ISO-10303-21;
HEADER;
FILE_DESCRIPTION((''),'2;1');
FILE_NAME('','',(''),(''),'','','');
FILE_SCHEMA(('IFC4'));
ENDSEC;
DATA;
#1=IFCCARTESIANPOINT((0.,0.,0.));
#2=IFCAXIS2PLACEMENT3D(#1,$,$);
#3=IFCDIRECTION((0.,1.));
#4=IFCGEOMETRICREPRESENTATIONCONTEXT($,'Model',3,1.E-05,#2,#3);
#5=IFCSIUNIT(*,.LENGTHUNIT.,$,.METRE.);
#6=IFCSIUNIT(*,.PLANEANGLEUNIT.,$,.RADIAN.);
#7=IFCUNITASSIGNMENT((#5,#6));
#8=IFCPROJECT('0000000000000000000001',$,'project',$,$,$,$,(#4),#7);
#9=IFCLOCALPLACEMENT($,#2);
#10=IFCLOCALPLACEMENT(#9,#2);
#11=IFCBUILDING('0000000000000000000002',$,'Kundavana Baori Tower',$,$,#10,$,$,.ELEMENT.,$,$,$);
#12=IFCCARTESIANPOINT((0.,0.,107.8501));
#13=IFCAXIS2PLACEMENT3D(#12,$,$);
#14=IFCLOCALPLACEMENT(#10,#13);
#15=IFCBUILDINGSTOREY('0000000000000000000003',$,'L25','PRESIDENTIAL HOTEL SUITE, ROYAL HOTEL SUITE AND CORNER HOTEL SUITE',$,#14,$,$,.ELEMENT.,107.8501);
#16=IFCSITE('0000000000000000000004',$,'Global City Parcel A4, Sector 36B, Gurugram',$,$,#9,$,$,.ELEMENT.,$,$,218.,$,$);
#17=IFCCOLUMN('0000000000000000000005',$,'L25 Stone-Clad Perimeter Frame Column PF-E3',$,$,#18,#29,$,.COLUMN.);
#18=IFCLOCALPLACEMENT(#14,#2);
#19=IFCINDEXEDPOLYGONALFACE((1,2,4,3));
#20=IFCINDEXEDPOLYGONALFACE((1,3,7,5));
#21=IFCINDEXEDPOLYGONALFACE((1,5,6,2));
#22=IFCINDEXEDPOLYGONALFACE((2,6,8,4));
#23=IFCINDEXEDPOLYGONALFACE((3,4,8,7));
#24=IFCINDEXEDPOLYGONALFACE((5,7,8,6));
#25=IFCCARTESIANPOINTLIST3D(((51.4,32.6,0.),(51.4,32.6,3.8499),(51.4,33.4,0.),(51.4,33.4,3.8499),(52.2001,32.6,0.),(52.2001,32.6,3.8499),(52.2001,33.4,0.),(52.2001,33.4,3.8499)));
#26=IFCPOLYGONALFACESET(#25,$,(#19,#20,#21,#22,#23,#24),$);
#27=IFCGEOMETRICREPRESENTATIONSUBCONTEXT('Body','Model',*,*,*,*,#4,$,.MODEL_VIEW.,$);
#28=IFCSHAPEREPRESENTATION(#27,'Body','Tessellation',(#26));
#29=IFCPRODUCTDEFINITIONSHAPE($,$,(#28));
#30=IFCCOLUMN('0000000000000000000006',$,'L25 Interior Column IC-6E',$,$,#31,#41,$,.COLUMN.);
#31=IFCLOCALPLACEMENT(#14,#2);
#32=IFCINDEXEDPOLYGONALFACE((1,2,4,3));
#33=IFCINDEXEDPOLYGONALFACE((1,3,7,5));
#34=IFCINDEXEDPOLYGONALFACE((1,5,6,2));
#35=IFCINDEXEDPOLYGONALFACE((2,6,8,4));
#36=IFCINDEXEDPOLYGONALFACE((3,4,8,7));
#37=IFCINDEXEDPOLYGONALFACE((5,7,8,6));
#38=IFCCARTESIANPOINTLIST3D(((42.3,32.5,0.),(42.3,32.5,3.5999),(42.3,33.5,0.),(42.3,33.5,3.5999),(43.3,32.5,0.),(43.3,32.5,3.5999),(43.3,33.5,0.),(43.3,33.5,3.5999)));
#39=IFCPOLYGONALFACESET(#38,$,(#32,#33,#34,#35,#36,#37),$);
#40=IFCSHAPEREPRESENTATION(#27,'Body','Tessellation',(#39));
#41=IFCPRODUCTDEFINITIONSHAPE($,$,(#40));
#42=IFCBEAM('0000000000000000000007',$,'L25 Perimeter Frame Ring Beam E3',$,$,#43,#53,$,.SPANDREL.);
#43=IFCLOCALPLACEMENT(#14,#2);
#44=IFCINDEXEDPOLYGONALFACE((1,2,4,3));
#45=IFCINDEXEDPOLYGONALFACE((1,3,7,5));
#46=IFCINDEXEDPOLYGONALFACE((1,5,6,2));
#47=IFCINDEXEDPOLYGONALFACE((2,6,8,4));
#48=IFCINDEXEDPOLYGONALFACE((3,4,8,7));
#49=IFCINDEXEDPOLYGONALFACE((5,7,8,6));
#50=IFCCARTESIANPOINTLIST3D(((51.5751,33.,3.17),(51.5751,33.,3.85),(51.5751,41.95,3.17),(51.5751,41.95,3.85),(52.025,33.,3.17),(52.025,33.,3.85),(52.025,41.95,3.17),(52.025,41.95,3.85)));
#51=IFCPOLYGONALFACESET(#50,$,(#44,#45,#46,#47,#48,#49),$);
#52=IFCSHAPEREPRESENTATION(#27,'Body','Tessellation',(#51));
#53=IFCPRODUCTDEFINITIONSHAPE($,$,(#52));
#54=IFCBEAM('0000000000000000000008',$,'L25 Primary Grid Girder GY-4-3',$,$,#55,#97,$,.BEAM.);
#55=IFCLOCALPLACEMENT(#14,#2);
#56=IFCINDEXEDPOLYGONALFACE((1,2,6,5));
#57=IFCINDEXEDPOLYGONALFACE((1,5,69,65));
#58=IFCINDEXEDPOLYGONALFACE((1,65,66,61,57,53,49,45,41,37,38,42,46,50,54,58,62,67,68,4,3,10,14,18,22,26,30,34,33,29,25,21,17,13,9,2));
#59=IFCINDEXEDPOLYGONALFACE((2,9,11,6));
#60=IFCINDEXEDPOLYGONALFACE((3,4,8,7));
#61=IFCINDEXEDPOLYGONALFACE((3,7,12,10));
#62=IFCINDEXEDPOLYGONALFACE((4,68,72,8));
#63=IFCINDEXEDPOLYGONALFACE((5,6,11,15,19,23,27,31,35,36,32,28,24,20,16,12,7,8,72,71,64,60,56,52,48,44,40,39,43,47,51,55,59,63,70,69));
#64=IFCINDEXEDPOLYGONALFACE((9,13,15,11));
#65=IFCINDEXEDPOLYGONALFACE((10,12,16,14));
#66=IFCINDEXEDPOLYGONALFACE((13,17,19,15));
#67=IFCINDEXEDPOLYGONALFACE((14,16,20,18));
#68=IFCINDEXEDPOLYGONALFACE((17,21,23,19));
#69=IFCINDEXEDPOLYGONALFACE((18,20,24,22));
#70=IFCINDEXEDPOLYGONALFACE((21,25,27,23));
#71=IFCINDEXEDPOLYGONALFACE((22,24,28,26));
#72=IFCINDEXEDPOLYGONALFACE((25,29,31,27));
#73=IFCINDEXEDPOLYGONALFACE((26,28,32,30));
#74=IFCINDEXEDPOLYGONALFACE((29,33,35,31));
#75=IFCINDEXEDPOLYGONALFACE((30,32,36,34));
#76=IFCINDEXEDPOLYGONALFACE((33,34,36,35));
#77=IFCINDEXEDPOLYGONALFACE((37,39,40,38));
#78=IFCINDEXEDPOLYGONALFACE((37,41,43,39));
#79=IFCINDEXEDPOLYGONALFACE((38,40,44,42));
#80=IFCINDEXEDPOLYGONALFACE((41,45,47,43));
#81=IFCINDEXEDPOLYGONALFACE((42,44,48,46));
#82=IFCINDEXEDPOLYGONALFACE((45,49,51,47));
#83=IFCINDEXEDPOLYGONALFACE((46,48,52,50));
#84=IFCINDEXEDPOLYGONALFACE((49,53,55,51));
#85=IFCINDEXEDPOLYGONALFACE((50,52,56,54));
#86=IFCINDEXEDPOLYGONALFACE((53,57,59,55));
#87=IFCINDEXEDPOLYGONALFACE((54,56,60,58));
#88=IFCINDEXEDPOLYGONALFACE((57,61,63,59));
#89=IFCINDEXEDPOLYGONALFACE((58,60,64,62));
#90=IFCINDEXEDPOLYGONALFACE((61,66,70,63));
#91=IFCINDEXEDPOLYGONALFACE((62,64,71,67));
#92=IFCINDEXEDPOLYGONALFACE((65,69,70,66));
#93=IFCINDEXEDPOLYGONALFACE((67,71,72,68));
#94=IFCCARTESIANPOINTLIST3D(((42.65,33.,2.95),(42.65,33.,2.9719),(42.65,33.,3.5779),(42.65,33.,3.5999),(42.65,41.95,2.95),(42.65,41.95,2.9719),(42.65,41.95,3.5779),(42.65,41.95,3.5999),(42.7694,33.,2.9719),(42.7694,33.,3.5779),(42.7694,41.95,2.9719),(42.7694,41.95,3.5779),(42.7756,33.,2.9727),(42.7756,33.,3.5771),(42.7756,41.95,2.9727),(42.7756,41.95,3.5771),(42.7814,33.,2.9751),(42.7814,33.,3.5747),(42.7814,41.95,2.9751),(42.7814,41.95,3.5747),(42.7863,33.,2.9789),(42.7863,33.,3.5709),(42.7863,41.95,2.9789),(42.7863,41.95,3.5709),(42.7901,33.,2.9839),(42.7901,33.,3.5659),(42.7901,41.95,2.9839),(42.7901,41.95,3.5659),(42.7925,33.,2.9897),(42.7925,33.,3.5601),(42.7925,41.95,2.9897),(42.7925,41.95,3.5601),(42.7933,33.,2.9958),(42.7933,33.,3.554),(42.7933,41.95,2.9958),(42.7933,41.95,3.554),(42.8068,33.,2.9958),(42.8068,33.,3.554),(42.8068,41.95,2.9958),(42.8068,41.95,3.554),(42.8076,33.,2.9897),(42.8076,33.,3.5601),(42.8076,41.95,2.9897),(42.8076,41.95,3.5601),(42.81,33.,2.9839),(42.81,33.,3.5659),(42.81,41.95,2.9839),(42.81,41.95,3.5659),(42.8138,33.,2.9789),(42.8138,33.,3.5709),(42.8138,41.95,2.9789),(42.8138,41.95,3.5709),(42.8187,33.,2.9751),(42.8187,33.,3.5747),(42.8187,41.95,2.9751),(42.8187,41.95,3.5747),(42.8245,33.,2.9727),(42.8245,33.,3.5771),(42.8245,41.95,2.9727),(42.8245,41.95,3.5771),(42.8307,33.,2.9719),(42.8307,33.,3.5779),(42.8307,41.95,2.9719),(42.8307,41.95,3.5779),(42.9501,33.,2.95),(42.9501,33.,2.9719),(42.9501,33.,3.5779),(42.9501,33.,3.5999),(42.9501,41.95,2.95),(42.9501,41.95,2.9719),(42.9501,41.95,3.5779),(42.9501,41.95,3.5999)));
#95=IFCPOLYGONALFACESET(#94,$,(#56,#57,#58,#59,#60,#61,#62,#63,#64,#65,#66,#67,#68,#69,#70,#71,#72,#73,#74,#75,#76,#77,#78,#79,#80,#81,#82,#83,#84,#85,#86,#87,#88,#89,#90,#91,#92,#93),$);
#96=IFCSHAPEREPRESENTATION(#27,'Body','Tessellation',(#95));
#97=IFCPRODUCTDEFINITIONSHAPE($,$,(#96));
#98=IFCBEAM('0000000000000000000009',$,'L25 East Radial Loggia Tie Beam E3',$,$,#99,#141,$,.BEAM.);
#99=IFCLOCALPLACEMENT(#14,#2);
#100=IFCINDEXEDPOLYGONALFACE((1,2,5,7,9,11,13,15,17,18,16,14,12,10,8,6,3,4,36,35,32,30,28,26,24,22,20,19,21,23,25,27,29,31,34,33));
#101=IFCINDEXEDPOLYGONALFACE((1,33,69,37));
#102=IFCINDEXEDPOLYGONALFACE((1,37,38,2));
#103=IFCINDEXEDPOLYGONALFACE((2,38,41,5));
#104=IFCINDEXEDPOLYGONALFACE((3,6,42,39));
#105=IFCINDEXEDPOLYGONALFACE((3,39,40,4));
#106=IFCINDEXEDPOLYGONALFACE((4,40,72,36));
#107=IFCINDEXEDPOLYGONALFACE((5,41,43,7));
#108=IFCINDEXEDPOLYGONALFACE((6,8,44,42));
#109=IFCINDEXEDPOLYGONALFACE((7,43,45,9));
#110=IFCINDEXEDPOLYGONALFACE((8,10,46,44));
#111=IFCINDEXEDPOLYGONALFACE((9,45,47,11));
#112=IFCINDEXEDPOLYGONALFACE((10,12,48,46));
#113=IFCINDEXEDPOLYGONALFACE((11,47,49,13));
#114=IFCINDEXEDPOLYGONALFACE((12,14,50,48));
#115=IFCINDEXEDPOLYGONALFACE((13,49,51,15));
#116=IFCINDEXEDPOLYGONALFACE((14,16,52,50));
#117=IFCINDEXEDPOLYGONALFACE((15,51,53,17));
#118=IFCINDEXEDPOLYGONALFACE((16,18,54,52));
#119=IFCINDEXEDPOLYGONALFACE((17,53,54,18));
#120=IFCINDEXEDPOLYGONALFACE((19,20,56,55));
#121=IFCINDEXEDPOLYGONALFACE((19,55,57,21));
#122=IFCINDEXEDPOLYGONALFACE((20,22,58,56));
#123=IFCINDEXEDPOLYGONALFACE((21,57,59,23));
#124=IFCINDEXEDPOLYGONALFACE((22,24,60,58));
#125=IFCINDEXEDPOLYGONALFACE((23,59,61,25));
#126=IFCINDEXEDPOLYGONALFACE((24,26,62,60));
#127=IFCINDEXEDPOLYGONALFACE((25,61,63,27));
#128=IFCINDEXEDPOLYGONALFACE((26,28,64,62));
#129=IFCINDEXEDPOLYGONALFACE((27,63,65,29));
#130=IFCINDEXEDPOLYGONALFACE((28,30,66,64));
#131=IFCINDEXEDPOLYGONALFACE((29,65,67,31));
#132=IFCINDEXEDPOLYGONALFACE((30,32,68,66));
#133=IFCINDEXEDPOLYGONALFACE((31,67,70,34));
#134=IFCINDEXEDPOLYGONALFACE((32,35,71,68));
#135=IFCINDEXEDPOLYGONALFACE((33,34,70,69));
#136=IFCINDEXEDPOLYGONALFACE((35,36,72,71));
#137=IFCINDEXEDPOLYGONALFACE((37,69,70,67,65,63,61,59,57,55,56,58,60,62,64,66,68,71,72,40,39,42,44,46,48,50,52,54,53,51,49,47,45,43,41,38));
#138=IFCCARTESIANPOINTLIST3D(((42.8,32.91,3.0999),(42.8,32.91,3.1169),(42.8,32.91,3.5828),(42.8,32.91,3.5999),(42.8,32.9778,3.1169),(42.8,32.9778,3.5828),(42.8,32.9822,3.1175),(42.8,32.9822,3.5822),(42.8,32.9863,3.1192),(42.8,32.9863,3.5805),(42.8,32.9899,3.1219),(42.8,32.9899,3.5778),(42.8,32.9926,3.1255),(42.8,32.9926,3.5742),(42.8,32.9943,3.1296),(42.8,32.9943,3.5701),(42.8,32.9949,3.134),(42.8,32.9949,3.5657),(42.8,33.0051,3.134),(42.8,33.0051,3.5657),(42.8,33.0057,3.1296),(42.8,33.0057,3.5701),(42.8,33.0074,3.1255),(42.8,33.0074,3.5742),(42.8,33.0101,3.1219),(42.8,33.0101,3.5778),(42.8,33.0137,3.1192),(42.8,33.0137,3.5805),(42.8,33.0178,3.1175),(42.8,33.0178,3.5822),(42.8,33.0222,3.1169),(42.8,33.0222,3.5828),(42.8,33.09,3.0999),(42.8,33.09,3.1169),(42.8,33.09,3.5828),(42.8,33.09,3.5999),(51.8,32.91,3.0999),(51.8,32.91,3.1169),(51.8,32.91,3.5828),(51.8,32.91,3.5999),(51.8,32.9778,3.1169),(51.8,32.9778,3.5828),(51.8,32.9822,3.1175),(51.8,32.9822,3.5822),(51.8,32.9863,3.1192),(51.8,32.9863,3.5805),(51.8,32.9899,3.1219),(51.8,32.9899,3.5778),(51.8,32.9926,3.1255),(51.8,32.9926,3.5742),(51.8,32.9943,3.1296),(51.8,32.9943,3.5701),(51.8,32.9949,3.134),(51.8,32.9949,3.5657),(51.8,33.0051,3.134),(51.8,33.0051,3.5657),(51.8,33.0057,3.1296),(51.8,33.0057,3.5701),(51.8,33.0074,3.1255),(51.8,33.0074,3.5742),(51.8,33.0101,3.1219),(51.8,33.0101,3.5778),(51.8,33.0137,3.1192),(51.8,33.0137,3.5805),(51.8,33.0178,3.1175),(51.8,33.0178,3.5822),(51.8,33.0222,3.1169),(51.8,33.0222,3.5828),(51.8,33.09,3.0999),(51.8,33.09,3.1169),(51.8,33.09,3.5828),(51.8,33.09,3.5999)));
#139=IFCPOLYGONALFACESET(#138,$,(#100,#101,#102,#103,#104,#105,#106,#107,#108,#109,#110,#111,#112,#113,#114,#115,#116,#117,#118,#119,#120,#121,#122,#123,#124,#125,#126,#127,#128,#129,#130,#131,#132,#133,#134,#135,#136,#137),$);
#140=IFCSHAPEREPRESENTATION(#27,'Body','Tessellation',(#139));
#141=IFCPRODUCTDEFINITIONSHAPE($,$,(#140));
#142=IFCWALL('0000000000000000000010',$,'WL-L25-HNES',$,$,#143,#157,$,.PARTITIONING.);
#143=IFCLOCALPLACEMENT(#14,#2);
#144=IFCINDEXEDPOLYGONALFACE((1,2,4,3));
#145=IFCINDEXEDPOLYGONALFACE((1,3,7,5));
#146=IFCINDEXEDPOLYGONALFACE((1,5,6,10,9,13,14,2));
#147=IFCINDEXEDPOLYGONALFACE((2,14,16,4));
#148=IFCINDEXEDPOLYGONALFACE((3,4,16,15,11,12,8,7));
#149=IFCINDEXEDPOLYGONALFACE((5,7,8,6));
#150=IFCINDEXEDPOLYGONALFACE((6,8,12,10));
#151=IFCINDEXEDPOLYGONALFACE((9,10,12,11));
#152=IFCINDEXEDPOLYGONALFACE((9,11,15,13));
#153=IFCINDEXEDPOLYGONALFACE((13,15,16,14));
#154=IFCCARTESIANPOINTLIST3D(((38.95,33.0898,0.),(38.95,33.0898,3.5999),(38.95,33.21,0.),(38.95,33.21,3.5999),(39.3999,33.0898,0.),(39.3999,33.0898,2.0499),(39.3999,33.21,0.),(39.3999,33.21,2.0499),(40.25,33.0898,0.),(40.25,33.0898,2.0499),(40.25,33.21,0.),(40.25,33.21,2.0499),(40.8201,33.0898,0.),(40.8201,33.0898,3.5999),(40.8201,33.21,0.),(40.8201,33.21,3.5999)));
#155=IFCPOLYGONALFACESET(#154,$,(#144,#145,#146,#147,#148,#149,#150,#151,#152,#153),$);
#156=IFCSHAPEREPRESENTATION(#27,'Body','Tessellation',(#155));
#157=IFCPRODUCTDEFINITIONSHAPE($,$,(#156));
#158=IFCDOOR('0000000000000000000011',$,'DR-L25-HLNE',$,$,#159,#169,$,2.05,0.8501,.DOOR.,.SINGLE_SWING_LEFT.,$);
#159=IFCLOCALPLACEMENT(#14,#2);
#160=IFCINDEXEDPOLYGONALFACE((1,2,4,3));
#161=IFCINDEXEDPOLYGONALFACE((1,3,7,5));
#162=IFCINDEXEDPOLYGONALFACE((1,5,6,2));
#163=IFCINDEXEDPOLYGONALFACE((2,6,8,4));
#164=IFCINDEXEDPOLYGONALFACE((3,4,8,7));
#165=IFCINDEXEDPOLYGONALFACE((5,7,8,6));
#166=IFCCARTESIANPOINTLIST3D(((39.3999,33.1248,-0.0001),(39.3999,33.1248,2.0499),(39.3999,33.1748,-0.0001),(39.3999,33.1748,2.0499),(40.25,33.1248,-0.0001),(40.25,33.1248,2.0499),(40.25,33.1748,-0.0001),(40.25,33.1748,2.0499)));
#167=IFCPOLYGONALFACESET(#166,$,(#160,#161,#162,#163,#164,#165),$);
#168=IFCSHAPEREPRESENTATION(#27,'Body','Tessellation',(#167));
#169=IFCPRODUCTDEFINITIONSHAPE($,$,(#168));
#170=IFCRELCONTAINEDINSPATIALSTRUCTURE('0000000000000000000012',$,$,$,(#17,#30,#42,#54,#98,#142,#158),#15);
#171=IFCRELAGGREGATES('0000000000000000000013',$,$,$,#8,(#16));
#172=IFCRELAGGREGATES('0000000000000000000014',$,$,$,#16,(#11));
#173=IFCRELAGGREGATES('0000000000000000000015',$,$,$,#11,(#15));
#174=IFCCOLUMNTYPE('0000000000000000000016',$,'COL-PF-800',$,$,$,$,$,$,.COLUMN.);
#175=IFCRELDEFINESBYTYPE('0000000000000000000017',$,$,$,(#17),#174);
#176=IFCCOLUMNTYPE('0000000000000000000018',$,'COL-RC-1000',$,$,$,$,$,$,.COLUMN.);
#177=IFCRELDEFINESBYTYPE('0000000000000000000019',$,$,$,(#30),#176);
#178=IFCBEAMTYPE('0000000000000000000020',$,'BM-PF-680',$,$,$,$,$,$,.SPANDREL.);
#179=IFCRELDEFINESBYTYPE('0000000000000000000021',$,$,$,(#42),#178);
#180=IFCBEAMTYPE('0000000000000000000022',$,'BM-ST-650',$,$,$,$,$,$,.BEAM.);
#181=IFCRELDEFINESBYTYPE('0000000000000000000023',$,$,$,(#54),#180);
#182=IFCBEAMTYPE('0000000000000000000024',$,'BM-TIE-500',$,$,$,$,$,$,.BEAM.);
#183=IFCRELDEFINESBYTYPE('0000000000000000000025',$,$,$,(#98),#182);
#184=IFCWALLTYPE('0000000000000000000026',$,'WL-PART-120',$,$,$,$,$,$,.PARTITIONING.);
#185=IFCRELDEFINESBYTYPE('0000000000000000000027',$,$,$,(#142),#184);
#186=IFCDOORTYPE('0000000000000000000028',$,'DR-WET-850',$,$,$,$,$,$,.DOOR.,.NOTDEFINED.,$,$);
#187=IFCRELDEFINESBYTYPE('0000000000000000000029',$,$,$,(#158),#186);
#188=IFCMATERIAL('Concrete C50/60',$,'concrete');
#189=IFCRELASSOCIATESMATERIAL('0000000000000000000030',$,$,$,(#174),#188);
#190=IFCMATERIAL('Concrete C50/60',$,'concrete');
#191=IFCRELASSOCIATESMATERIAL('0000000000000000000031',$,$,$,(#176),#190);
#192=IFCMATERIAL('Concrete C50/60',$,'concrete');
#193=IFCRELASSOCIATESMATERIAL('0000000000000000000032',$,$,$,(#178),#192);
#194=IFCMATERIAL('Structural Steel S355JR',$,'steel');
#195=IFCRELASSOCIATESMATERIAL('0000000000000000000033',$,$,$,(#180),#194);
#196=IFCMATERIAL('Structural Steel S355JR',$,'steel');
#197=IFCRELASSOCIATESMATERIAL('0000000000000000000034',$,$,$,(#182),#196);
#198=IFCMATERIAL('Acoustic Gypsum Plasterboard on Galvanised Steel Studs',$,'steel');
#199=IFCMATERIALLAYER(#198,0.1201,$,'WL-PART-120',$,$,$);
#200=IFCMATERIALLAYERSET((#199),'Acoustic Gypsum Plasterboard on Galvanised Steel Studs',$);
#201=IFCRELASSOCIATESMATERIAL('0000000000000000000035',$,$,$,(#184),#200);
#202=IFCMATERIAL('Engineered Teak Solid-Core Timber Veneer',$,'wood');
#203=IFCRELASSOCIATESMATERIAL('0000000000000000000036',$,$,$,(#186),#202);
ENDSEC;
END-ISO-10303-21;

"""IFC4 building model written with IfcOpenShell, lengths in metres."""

from ifc_helpers import new_model, si_unit, direction, frame, frame_2d, origin, origin_2d, place, context, subcontext, project, spatial, rectangle, i_section, extrude, material, layer, layer_set, material_profile, profile_set, type_object, element, fill, save


model = new_model("IFC4")

# Units and contexts
model_context = context("Model", 3, precision=1e-05, world=origin(), true_north=direction((0.0, 1.0)))
body_context = subcontext(model_context, "Body", "Model", "MODEL_VIEW")
ifc_project = project(units=[si_unit("LENGTHUNIT", "METRE"), si_unit("PLANEANGLEUNIT", "RADIAN")], contexts=[model_context])

# Site, building, storey
site_placement = place(None, origin())
site = spatial("IfcSite", under=ifc_project, at=site_placement, Name="Global City Parcel A4, Sector 36B, Gurugram", CompositionType="ELEMENT", RefElevation=218.0)
building_placement = place(site_placement, origin())
building = spatial("IfcBuilding", under=site, at=building_placement, Name="Kundavana Baori Tower", CompositionType="ELEMENT")
storey_placement = place(building_placement, frame((0.0, 0.0, 107.8501)))
storey = spatial("IfcBuildingStorey", under=building, at=storey_placement, Name="L25", Description="PRESIDENTIAL HOTEL SUITE, ROYAL HOTEL SUITE AND CORNER HOTEL SUITE", CompositionType="ELEMENT", Elevation=107.8501)

# Columns
ifc_material_1 = material(Name="Concrete C50/60", Category="concrete")
ifc_material_profile_1 = material_profile(ifc_material_1, rectangle(XDim=0.8, YDim=0.8, at=origin_2d()), Name="RC PF 800x800")
ifc_profile_set_1 = profile_set([ifc_material_profile_1], Name="Concrete C50/60")
column_type_1 = type_object("IfcColumnType", Name="COL-PF-800", PredefinedType="COLUMN", material=ifc_profile_set_1)
column_1_placement = place(storey_placement, frame((51.8, 33.0, 0.0), z_axis=(0.0, 0.0, 1.0), x_axis=(1.0, 0.0, 0.0)))
element("IfcColumn", 1, at=column_1_placement, inside=storey, type_object=column_type_1, Name="L25 Stone-Clad Perimeter Frame Column PF-E3", PredefinedType="COLUMN", context=body_context, shape_type="SweptSolid", body=[
    extrude(rectangle(XDim=0.8, YDim=0.8, at=origin_2d()), origin(), (0.0, 0.0, 1.0), 3.8499),
])
ifc_material_2 = material(Name="Concrete C50/60", Category="concrete")
ifc_material_profile_2 = material_profile(ifc_material_2, rectangle(XDim=1.0, YDim=1.0, at=origin_2d()), Name="RC 1000x1000")
ifc_profile_set_2 = profile_set([ifc_material_profile_2], Name="Concrete C50/60")
column_type_2 = type_object("IfcColumnType", Name="COL-RC-1000", PredefinedType="COLUMN", material=ifc_profile_set_2)
column_2_placement = place(storey_placement, frame((42.8, 33.0, 0.0), z_axis=(0.0, 0.0, 1.0), x_axis=(1.0, 0.0, 0.0)))
element("IfcColumn", 2, at=column_2_placement, inside=storey, type_object=column_type_2, Name="L25 Interior Column IC-6E", PredefinedType="COLUMN", context=body_context, shape_type="SweptSolid", body=[
    extrude(rectangle(XDim=1.0, YDim=1.0, at=origin_2d()), origin(), (0.0, 0.0, 1.0), 3.5999),
])

# Beams
ifc_material_3 = material(Name="Concrete C50/60", Category="concrete")
ifc_material_profile_3 = material_profile(ifc_material_3, rectangle(XDim=0.45, YDim=0.6799, at=origin_2d()), Name="RC BM 450x680")
ifc_profile_set_3 = profile_set([ifc_material_profile_3], Name="Concrete C50/60")
beam_type_1 = type_object("IfcBeamType", Name="BM-PF-680", PredefinedType="SPANDREL", material=ifc_profile_set_3)
beam_1_placement = place(storey_placement, frame((51.8, 33.0, 3.51), z_axis=(0.0, 1.0, 0.0), x_axis=(-1.0, 0.0, 0.0)))
element("IfcBeam", 3, at=beam_1_placement, inside=storey, type_object=beam_type_1, Name="L25 Perimeter Frame Ring Beam E3", PredefinedType="SPANDREL", context=body_context, shape_type="SweptSolid", body=[
    extrude(rectangle(XDim=0.45, YDim=0.6799, at=origin_2d()), origin(), (0.0, 0.0, 1.0), 8.95),
])
ifc_material_4 = material(Name="Structural Steel S355JR", Category="steel")
ifc_material_profile_4 = material_profile(ifc_material_4, i_section(OverallWidth=0.3, OverallDepth=0.6499, WebThickness=0.0134, FlangeThickness=0.022, FilletRadius=0.0239, at=origin_2d()), Name="NPB 650x300x155")
ifc_profile_set_4 = profile_set([ifc_material_profile_4], Name="Structural Steel S355JR")
beam_type_2 = type_object("IfcBeamType", Name="BM-ST-650", PredefinedType="BEAM", material=ifc_profile_set_4)
beam_2_placement = place(storey_placement, frame((42.8, 33.0, 3.2749), z_axis=(0.0, 1.0, 0.0), x_axis=(-1.0, 0.0, 0.0)))
element("IfcBeam", 4, at=beam_2_placement, inside=storey, type_object=beam_type_2, Name="L25 Primary Grid Girder GY-4-3", PredefinedType="BEAM", context=body_context, shape_type="SweptSolid", body=[
    extrude(i_section(OverallWidth=0.3, OverallDepth=0.6499, WebThickness=0.0134, FlangeThickness=0.022, FilletRadius=0.0239, at=origin_2d()), origin(), (0.0, 0.0, 1.0), 8.95),
])
ifc_material_5 = material(Name="Structural Steel S355JR", Category="steel")
ifc_material_profile_5 = material_profile(ifc_material_5, i_section(OverallWidth=0.1799, OverallDepth=0.5, WebThickness=0.0103, FlangeThickness=0.0171, FilletRadius=0.0171, at=origin_2d()), Name="ISMB 500")
ifc_profile_set_5 = profile_set([ifc_material_profile_5], Name="Structural Steel S355JR")
beam_type_3 = type_object("IfcBeamType", Name="BM-TIE-500", PredefinedType="BEAM", material=ifc_profile_set_5)
beam_3_placement = place(storey_placement, frame((42.8, 33.0, 3.3499), z_axis=(1.0, 0.0, 0.0), x_axis=(0.0, 1.0, 0.0)))
element("IfcBeam", 5, at=beam_3_placement, inside=storey, type_object=beam_type_3, Name="L25 East Radial Loggia Tie Beam E3", PredefinedType="BEAM", context=body_context, shape_type="SweptSolid", body=[
    extrude(i_section(OverallWidth=0.1799, OverallDepth=0.5, WebThickness=0.0103, FlangeThickness=0.0171, FilletRadius=0.0171, at=origin_2d()), origin(), (0.0, 0.0, 1.0), 9.0),
])

# Wall, opening, door
ifc_material_6 = material(Name="Acoustic Gypsum Plasterboard on Galvanised Steel Studs", Category="steel")
ifc_layer_1 = layer(ifc_material_6, 0.1201, Name="WL-PART-120")
ifc_layer_set_1 = layer_set([ifc_layer_1], Name="Acoustic Gypsum Plasterboard on Galvanised Steel Studs")
wall_type_1 = type_object("IfcWallType", Name="WL-PART-120", PredefinedType="PARTITIONING", material=ifc_layer_set_1)
wall_1_placement = place(storey_placement, frame((38.95, 33.1499, 0.0), z_axis=(0.0, 0.0, 1.0), x_axis=(1.0, 0.0, 0.0)))
wall_1 = element("IfcWall", 6, at=wall_1_placement, inside=storey, type_object=wall_type_1, Name="WL-L25-HNES", PredefinedType="PARTITIONING", context=body_context, shape_type="SweptSolid", body=[
    extrude(rectangle(XDim=1.8701, YDim=0.1201, at=frame_2d((0.9351, 0.0))), origin(), (0.0, 0.0, 1.0), 3.5999),
])
opening_1_placement = place(wall_1_placement, frame((0.45, 0.0, 0.0)))
opening_1 = element("IfcOpeningElement", 7, at=opening_1_placement, cuts=wall_1, PredefinedType="OPENING", context=body_context, shape_type="SweptSolid", body=[
    extrude(rectangle(XDim=0.8501, YDim=2.05, at=frame_2d((0.425, 1.0249))), frame((0.0, 0.0701, 0.0), z_axis=(0.0, -1.0, 0.0), x_axis=(1.0, 0.0, 0.0)), (0.0, 0.0, 1.0), 0.1401),
])
ifc_material_7 = material(Name="Engineered Teak Solid-Core Timber Veneer", Category="wood")
door_type_1 = type_object("IfcDoorType", Name="DR-WET-850", OperationType="NOTDEFINED", PredefinedType="DOOR", material=ifc_material_7)
door_1_placement = place(opening_1_placement, origin())
door_1 = element("IfcDoor", 8, at=door_1_placement, inside=storey, type_object=door_type_1, Name="DR-L25-HLNE", OperationType="SINGLE_SWING_LEFT", OverallHeight=2.05, OverallWidth=0.8501, PredefinedType="DOOR", context=body_context, shape_type="SweptSolid", body=[
    extrude(rectangle(XDim=0.8501, YDim=2.05, at=frame_2d((0.425, 1.0249))), frame((0.0, 0.0249, 0.0), z_axis=(0.0, -1.0, 0.0), x_axis=(1.0, 0.0, 0.0)), (0.0, 0.0, 1.0), 0.05),
])
fill(opening_1, door_1)

save(model, "model.ifc")
